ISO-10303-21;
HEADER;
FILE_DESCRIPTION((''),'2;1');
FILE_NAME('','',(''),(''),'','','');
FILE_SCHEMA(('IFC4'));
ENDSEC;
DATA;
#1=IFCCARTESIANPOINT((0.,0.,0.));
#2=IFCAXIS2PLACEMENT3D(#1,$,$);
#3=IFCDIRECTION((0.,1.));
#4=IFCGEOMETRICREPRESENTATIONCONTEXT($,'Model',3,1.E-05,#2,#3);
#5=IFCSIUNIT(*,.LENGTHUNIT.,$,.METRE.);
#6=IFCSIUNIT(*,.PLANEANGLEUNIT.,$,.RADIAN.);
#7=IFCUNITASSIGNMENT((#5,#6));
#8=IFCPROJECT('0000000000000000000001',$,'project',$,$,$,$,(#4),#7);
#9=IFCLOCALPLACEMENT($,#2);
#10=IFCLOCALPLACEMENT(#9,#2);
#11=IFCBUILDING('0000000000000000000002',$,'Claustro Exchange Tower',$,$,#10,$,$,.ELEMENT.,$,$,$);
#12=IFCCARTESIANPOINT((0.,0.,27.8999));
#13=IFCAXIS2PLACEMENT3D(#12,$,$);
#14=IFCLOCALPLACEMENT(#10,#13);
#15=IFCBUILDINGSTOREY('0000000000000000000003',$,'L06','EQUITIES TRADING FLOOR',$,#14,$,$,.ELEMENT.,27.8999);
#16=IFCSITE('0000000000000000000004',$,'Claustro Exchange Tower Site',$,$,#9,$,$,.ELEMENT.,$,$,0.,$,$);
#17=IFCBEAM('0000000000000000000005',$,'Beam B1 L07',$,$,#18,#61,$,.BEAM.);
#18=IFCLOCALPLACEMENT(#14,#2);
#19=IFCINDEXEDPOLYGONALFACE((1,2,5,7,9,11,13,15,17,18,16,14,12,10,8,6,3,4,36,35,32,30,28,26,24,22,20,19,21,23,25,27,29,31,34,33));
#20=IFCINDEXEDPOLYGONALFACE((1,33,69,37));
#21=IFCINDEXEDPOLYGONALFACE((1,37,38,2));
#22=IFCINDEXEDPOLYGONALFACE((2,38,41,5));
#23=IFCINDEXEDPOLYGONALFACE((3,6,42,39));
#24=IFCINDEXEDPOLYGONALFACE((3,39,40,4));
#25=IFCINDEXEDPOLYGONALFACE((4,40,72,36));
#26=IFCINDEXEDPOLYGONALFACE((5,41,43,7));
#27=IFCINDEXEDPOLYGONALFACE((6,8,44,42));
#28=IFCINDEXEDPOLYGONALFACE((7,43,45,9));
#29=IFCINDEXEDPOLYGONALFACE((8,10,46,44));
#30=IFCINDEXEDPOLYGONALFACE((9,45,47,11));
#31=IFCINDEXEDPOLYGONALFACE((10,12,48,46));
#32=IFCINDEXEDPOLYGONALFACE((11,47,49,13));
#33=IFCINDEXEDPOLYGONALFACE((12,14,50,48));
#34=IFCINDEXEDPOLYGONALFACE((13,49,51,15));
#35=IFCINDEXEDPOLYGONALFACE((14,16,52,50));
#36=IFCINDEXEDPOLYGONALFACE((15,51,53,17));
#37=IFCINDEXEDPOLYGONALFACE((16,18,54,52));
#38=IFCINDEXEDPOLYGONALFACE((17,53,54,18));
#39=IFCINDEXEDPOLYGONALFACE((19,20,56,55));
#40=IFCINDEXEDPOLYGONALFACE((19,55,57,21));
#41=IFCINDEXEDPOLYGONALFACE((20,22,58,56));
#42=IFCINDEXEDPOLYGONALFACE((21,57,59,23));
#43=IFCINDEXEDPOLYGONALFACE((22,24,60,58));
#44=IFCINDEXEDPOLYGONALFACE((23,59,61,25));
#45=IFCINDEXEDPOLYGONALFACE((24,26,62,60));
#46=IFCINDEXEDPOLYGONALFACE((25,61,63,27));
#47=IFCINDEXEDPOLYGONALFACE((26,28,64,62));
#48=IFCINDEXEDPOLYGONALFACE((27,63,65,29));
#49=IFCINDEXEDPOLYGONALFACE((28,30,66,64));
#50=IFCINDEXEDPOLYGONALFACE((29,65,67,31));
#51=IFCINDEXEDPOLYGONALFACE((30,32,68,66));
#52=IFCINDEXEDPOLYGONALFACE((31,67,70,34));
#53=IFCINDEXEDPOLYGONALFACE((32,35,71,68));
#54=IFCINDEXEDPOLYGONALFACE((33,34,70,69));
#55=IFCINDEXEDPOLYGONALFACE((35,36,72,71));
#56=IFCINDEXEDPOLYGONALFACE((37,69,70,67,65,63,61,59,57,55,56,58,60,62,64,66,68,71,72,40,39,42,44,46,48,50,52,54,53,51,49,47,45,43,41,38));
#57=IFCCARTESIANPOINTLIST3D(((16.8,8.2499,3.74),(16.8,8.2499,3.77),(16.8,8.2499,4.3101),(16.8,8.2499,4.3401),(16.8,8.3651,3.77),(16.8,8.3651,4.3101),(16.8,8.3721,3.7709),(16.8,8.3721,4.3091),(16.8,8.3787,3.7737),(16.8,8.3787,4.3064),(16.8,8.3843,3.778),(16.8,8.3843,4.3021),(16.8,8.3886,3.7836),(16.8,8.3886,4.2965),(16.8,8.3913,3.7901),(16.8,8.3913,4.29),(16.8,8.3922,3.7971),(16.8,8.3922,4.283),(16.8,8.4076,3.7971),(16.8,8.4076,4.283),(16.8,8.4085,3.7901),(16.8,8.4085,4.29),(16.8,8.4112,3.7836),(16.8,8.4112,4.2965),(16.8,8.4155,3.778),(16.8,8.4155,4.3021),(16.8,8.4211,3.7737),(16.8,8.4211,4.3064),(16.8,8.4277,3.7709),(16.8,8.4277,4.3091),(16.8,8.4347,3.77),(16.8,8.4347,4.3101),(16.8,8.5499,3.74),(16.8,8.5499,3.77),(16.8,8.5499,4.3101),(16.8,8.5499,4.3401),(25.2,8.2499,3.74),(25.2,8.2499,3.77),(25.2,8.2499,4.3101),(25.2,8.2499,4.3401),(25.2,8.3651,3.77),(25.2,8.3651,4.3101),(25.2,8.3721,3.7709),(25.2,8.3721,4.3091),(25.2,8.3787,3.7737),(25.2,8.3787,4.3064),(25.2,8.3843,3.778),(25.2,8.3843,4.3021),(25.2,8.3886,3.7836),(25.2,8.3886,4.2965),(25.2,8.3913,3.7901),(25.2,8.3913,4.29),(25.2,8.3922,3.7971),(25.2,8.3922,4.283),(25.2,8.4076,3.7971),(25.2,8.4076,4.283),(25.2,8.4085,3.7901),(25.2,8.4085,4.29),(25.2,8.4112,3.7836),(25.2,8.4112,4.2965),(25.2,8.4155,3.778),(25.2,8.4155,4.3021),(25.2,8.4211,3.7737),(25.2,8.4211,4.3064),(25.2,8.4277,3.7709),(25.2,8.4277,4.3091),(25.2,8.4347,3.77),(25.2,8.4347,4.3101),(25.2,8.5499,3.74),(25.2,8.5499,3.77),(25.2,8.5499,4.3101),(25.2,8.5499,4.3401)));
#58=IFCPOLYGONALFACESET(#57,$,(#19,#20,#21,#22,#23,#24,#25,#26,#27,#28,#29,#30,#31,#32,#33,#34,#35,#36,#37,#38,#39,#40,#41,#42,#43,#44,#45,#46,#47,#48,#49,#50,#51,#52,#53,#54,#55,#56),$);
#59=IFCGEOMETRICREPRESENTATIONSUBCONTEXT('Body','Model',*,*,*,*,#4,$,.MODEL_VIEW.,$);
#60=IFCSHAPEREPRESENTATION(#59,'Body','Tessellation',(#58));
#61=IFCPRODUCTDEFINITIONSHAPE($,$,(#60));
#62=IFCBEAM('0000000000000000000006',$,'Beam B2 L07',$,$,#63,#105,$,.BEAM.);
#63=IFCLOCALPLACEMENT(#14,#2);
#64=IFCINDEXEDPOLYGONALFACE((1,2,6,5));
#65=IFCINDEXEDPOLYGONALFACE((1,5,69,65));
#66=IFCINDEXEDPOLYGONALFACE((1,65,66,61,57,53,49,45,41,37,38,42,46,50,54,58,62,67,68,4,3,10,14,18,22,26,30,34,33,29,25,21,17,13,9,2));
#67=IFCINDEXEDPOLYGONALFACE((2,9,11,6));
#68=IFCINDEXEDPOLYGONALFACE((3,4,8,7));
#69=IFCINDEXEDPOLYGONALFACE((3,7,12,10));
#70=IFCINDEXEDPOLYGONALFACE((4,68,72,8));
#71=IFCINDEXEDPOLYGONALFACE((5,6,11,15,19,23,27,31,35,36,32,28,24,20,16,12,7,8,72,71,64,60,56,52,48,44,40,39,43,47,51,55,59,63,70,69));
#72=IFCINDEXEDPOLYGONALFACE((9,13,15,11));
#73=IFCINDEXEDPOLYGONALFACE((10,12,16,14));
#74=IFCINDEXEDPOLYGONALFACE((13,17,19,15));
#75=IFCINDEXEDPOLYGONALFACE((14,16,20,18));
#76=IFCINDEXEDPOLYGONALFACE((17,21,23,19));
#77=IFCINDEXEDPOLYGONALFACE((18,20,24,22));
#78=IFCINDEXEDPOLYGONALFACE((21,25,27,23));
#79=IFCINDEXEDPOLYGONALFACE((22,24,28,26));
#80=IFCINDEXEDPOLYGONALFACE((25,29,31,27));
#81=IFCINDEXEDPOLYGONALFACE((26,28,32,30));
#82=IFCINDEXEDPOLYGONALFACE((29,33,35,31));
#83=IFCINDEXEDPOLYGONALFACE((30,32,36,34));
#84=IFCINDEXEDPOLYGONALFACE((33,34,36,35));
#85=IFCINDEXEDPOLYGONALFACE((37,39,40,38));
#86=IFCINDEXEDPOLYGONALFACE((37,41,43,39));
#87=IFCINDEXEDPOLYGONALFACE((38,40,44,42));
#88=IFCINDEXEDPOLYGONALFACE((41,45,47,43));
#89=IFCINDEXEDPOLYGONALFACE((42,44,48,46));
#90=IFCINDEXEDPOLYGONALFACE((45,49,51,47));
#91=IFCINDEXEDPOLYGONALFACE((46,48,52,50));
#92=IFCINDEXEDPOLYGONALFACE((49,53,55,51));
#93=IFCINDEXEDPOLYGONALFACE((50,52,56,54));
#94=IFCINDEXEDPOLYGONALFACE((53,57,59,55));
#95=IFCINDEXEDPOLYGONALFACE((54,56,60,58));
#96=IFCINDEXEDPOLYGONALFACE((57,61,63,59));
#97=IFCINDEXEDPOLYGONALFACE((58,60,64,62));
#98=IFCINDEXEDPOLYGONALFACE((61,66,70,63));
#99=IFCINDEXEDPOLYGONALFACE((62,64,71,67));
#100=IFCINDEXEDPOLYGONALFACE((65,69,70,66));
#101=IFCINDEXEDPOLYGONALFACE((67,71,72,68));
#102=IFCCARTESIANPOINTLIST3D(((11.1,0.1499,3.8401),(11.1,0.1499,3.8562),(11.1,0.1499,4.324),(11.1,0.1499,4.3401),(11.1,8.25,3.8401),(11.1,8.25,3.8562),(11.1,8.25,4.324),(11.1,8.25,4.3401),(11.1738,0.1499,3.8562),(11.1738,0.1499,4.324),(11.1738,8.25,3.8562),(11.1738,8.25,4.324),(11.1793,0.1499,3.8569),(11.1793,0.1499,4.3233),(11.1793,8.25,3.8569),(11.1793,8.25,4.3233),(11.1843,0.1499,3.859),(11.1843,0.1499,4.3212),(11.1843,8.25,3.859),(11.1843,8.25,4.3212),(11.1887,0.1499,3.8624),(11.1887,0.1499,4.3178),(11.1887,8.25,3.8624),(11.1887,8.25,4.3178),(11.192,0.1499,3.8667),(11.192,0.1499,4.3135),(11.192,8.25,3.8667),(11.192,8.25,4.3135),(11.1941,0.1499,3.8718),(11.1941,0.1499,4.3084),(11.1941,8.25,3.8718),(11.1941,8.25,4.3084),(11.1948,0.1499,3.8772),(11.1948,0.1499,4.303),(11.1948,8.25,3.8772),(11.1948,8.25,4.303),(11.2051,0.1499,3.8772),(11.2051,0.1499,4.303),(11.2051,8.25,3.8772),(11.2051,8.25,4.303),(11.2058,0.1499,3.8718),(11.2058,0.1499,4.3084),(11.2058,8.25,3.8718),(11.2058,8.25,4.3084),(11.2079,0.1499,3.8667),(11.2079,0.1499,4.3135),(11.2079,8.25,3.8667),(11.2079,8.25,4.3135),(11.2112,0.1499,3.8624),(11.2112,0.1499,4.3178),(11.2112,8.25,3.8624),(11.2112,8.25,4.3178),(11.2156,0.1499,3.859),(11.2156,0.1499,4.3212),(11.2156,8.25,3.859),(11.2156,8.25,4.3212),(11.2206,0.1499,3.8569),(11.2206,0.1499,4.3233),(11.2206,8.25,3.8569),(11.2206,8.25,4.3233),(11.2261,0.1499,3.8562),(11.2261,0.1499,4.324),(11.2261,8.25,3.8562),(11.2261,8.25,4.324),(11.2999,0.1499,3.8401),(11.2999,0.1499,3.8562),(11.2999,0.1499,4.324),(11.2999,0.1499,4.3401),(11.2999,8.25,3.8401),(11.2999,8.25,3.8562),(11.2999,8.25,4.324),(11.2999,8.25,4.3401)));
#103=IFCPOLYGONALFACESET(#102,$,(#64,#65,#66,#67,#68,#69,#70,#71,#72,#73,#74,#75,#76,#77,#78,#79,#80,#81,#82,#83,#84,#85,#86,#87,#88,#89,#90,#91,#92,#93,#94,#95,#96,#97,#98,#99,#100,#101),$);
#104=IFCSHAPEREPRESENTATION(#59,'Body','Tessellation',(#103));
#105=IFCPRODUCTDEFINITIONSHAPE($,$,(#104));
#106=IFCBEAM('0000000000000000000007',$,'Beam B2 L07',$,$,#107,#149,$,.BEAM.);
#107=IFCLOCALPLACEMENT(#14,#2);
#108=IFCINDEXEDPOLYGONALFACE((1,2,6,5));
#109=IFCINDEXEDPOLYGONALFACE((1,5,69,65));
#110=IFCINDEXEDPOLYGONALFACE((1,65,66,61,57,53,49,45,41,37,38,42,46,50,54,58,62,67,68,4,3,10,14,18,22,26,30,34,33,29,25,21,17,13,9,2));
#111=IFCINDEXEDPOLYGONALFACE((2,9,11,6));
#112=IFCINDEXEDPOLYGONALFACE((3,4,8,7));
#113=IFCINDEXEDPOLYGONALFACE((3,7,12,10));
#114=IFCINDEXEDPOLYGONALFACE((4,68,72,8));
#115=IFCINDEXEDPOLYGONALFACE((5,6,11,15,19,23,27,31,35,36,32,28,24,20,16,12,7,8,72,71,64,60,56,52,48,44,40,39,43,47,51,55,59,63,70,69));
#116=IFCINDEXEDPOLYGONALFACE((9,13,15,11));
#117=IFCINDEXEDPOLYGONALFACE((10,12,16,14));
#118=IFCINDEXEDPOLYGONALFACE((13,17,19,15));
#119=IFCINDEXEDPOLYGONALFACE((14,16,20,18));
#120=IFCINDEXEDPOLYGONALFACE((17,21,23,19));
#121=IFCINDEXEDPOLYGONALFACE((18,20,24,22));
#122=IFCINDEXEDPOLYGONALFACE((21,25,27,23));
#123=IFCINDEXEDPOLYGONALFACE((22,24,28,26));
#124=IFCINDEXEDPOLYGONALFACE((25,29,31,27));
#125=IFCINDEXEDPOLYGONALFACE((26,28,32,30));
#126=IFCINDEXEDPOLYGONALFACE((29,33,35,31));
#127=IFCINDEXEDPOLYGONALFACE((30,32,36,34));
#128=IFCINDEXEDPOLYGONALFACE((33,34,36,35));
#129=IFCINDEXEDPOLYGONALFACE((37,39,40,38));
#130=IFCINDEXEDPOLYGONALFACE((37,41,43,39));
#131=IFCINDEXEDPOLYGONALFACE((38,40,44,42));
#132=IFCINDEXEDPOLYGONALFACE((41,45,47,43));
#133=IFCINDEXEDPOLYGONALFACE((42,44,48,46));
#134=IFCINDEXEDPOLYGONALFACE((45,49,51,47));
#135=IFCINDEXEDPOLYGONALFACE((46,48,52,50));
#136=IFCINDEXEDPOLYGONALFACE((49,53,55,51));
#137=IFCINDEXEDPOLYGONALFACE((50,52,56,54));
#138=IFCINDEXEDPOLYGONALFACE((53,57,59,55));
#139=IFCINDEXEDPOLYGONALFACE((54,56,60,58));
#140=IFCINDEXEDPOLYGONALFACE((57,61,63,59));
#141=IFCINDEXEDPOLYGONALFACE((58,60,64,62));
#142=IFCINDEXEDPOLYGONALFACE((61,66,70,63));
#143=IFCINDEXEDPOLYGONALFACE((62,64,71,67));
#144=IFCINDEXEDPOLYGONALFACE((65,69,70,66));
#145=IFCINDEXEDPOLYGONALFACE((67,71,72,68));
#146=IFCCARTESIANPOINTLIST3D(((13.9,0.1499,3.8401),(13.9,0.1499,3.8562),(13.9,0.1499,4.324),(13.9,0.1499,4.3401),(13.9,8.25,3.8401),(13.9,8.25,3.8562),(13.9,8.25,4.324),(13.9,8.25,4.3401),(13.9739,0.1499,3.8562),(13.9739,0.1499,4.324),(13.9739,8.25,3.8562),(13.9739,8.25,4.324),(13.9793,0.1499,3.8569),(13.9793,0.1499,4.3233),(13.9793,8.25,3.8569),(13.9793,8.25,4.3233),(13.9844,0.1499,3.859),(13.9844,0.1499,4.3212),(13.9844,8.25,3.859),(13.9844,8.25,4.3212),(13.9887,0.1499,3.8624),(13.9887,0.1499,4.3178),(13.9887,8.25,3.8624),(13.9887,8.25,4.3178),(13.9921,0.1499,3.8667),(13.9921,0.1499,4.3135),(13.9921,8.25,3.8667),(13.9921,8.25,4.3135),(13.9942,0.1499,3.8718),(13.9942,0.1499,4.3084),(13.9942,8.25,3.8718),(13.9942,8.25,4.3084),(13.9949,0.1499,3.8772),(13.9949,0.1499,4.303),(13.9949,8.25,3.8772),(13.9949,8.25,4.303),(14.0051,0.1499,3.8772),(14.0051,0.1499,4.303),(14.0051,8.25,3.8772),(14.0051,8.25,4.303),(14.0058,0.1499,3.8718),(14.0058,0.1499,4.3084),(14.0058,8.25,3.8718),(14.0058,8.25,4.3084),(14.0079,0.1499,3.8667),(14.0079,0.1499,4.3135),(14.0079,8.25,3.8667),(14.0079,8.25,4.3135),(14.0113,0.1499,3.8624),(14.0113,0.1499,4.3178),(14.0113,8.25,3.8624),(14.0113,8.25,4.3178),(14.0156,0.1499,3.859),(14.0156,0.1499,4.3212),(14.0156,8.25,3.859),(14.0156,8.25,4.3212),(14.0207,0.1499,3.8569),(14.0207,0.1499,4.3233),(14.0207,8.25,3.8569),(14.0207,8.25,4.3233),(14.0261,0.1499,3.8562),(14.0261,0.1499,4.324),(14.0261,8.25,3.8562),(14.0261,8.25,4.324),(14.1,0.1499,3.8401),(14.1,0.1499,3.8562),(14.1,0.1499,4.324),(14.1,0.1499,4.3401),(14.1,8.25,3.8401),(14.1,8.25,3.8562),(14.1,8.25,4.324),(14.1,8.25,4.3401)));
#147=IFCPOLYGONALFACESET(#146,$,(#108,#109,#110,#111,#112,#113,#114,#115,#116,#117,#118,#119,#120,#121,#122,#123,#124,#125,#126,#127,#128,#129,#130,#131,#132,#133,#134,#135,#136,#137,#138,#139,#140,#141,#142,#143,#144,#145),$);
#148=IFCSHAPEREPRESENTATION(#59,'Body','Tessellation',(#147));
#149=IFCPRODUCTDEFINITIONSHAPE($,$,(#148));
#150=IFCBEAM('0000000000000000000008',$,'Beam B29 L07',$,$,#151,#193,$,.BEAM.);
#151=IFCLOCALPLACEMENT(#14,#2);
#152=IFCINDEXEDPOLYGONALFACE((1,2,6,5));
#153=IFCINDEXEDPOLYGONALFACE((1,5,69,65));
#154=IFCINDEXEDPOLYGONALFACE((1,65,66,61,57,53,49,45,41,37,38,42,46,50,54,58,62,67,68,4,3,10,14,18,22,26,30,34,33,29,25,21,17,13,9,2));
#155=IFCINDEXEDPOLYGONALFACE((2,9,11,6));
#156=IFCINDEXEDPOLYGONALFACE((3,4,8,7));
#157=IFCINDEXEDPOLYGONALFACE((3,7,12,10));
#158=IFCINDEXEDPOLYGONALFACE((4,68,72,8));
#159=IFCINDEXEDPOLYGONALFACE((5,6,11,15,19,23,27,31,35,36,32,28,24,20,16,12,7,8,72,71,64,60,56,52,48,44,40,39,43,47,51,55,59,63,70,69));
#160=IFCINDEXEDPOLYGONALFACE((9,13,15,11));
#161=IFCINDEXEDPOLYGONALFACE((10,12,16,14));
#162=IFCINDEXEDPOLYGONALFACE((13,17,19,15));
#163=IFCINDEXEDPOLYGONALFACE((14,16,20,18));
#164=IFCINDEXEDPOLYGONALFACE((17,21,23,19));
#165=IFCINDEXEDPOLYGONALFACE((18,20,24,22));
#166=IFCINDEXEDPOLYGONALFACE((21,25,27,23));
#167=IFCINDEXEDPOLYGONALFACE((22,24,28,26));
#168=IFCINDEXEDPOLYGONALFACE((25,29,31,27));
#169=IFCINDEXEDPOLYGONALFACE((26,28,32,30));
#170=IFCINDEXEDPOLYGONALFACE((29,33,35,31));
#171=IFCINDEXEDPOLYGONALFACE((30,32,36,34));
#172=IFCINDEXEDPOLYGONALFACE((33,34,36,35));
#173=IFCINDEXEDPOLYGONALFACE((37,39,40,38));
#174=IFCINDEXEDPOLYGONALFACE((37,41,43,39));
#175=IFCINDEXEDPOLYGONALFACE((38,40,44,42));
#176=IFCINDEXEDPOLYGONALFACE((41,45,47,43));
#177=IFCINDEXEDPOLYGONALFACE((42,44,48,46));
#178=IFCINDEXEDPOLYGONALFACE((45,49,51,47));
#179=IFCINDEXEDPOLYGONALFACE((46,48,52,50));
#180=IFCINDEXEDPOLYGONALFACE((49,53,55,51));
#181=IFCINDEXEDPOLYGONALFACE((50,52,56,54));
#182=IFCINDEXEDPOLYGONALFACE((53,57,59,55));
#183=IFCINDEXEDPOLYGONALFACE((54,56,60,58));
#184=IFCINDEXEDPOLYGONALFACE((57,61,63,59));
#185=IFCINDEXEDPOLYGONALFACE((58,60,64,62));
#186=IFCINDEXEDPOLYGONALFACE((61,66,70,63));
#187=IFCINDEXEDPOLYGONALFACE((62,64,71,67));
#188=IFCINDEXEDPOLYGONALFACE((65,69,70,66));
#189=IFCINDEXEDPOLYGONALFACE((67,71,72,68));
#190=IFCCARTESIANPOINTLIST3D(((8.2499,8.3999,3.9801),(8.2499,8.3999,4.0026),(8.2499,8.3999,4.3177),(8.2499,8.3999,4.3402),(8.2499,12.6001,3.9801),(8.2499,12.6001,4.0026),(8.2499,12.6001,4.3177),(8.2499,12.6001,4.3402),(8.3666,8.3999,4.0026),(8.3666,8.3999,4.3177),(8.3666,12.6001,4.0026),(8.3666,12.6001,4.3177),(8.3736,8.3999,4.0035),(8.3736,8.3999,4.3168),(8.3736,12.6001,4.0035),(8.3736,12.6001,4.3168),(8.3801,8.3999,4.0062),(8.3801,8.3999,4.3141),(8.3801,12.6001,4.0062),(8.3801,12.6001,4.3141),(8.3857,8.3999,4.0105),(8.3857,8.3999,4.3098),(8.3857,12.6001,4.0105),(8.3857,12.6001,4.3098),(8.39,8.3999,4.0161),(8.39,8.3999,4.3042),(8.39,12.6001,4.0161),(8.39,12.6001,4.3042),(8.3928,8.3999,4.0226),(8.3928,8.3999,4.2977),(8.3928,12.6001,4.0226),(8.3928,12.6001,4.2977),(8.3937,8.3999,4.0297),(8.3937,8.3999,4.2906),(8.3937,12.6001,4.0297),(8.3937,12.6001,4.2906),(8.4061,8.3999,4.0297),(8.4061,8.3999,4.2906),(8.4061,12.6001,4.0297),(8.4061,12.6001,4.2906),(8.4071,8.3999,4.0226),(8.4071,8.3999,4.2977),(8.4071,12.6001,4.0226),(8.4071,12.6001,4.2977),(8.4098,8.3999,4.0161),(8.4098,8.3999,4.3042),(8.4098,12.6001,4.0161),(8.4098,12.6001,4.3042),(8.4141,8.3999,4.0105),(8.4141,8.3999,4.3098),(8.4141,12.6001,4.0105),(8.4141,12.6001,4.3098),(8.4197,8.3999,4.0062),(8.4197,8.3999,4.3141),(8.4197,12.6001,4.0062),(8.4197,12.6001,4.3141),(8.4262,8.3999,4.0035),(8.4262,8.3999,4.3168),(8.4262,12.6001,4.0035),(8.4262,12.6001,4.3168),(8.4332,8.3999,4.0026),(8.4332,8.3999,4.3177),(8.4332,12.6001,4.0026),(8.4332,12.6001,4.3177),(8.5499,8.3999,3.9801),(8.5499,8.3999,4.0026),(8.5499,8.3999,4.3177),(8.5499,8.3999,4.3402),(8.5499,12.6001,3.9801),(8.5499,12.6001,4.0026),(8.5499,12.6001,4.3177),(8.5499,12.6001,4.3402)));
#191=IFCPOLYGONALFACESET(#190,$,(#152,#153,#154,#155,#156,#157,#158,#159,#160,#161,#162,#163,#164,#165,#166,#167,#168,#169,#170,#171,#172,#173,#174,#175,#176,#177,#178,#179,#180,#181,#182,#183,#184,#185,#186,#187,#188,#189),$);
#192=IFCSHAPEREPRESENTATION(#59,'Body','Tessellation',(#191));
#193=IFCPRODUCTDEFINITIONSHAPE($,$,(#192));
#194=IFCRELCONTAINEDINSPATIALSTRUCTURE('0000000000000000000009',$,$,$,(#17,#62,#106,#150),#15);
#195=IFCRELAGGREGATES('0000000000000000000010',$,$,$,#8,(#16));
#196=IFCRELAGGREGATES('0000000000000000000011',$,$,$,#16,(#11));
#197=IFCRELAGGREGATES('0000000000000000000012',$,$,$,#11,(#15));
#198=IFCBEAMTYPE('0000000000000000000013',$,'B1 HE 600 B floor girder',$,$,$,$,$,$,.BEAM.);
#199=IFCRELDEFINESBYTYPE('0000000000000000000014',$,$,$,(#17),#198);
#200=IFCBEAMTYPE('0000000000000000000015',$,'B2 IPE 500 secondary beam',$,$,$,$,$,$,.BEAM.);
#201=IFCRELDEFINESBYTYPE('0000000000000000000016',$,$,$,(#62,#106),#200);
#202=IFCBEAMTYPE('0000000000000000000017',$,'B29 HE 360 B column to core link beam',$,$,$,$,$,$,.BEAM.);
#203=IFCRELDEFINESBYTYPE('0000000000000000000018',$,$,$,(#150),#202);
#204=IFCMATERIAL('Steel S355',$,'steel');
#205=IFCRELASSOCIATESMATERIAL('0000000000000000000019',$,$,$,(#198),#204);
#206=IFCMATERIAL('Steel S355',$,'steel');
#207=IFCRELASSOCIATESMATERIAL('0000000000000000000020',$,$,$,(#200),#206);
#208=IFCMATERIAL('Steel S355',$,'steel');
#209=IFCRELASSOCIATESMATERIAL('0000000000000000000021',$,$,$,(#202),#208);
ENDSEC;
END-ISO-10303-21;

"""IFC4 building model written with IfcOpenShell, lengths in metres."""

from ifc_helpers import new_model, si_unit, direction, frame, origin, origin_2d, place, context, subcontext, project, spatial, i_section, extrude, material, material_profile, profile_set, type_object, element, save


model = new_model("IFC4")

# Units and contexts
model_context = context("Model", 3, precision=1e-05, world=origin(), true_north=direction((0.0, 1.0)))
body_context = subcontext(model_context, "Body", "Model", "MODEL_VIEW")
ifc_project = project(units=[si_unit("LENGTHUNIT", "METRE"), si_unit("PLANEANGLEUNIT", "RADIAN")], contexts=[model_context])

# Site, building, storey
site_placement = place(None, origin())
site = spatial("IfcSite", under=ifc_project, at=site_placement, Name="Claustro Exchange Tower Site", CompositionType="ELEMENT", RefElevation=0.0)
building_placement = place(site_placement, origin())
building = spatial("IfcBuilding", under=site, at=building_placement, Name="Claustro Exchange Tower", CompositionType="ELEMENT")
storey_placement = place(building_placement, frame((0.0, 0.0, 27.8999)))
storey = spatial("IfcBuildingStorey", under=building, at=storey_placement, Name="L06", Description="EQUITIES TRADING FLOOR", CompositionType="ELEMENT", Elevation=27.8999)

# Beams
ifc_material_1 = material(Name="Steel S355", Category="steel")
ifc_material_profile_1 = material_profile(ifc_material_1, i_section(OverallWidth=0.3, OverallDepth=0.6001, WebThickness=0.0154, FlangeThickness=0.03, FilletRadius=0.0271, at=origin_2d()), Name="HE 600 B")
ifc_profile_set_1 = profile_set([ifc_material_profile_1], Name="Steel S355")
beam_type_1 = type_object("IfcBeamType", Name="B1 HE 600 B floor girder", PredefinedType="BEAM", material=ifc_profile_set_1)
beam_1_placement = place(storey_placement, frame((16.8, 8.3999, 4.04), z_axis=(1.0, 0.0, 0.0), x_axis=(0.0, 1.0, 0.0)))
element("IfcBeam", 1, at=beam_1_placement, inside=storey, type_object=beam_type_1, Name="Beam B1 L07", PredefinedType="BEAM", context=body_context, shape_type="SweptSolid", body=[
    extrude(i_section(OverallWidth=0.3, OverallDepth=0.6001, WebThickness=0.0154, FlangeThickness=0.03, FilletRadius=0.0271, at=origin_2d()), origin(), (0.0, 0.0, 1.0), 8.3999),
])
ifc_material_2 = material(Name="Steel S355", Category="steel")
ifc_material_profile_2 = material_profile(ifc_material_2, i_section(OverallWidth=0.2, OverallDepth=0.5, WebThickness=0.0103, FlangeThickness=0.0161, FilletRadius=0.021, at=origin_2d()), Name="IPE 500")
ifc_profile_set_2 = profile_set([ifc_material_profile_2], Name="Steel S355")
beam_type_2 = type_object("IfcBeamType", Name="B2 IPE 500 secondary beam", PredefinedType="BEAM", material=ifc_profile_set_2)
for number, where, z_axis, x_axis, name in (
    (2, (11.2, 0.1499, 4.0901), (0.0, 1.0, 0.0), (-1.0, 0.0, 0.0), "Beam B2 L07"),
    (3, (14.0, 0.1499, 4.0901), (0.0, 1.0, 0.0), (-1.0, 0.0, 0.0), "Beam B2 L07"),
):
    element("IfcBeam", number, at=place(storey_placement, frame(where, z_axis=z_axis, x_axis=x_axis)), inside=storey, type_object=beam_type_2, Name=name, PredefinedType="BEAM", context=body_context, shape_type="SweptSolid", body=[
        extrude(i_section(OverallWidth=0.2, OverallDepth=0.5, WebThickness=0.0103, FlangeThickness=0.0161, FilletRadius=0.021, at=origin_2d()), origin(), (0.0, 0.0, 1.0), 8.1001),
    ])
ifc_material_3 = material(Name="Steel S355", Category="steel")
ifc_material_profile_3 = material_profile(ifc_material_3, i_section(OverallWidth=0.3, OverallDepth=0.3601, WebThickness=0.0125, FlangeThickness=0.0225, FilletRadius=0.0271, at=origin_2d()), Name="HE 360 B")
ifc_profile_set_3 = profile_set([ifc_material_profile_3], Name="Steel S355")
beam_type_3 = type_object("IfcBeamType", Name="B29 HE 360 B column to core link beam", PredefinedType="BEAM", material=ifc_profile_set_3)
for number, where, z_axis, x_axis, name in (
    (4, (8.3999, 8.3999, 4.1602), (0.0, 1.0, 0.0), (-1.0, 0.0, 0.0), "Beam B29 L07"),
):
    element("IfcBeam", number, at=place(storey_placement, frame(where, z_axis=z_axis, x_axis=x_axis)), inside=storey, type_object=beam_type_3, Name=name, PredefinedType="BEAM", context=body_context, shape_type="SweptSolid", body=[
        extrude(i_section(OverallWidth=0.3, OverallDepth=0.3601, WebThickness=0.0125, FlangeThickness=0.0225, FilletRadius=0.0271, at=origin_2d()), origin(), (0.0, 0.0, 1.0), 4.2002),
    ])

save(model, "model.ifc")
